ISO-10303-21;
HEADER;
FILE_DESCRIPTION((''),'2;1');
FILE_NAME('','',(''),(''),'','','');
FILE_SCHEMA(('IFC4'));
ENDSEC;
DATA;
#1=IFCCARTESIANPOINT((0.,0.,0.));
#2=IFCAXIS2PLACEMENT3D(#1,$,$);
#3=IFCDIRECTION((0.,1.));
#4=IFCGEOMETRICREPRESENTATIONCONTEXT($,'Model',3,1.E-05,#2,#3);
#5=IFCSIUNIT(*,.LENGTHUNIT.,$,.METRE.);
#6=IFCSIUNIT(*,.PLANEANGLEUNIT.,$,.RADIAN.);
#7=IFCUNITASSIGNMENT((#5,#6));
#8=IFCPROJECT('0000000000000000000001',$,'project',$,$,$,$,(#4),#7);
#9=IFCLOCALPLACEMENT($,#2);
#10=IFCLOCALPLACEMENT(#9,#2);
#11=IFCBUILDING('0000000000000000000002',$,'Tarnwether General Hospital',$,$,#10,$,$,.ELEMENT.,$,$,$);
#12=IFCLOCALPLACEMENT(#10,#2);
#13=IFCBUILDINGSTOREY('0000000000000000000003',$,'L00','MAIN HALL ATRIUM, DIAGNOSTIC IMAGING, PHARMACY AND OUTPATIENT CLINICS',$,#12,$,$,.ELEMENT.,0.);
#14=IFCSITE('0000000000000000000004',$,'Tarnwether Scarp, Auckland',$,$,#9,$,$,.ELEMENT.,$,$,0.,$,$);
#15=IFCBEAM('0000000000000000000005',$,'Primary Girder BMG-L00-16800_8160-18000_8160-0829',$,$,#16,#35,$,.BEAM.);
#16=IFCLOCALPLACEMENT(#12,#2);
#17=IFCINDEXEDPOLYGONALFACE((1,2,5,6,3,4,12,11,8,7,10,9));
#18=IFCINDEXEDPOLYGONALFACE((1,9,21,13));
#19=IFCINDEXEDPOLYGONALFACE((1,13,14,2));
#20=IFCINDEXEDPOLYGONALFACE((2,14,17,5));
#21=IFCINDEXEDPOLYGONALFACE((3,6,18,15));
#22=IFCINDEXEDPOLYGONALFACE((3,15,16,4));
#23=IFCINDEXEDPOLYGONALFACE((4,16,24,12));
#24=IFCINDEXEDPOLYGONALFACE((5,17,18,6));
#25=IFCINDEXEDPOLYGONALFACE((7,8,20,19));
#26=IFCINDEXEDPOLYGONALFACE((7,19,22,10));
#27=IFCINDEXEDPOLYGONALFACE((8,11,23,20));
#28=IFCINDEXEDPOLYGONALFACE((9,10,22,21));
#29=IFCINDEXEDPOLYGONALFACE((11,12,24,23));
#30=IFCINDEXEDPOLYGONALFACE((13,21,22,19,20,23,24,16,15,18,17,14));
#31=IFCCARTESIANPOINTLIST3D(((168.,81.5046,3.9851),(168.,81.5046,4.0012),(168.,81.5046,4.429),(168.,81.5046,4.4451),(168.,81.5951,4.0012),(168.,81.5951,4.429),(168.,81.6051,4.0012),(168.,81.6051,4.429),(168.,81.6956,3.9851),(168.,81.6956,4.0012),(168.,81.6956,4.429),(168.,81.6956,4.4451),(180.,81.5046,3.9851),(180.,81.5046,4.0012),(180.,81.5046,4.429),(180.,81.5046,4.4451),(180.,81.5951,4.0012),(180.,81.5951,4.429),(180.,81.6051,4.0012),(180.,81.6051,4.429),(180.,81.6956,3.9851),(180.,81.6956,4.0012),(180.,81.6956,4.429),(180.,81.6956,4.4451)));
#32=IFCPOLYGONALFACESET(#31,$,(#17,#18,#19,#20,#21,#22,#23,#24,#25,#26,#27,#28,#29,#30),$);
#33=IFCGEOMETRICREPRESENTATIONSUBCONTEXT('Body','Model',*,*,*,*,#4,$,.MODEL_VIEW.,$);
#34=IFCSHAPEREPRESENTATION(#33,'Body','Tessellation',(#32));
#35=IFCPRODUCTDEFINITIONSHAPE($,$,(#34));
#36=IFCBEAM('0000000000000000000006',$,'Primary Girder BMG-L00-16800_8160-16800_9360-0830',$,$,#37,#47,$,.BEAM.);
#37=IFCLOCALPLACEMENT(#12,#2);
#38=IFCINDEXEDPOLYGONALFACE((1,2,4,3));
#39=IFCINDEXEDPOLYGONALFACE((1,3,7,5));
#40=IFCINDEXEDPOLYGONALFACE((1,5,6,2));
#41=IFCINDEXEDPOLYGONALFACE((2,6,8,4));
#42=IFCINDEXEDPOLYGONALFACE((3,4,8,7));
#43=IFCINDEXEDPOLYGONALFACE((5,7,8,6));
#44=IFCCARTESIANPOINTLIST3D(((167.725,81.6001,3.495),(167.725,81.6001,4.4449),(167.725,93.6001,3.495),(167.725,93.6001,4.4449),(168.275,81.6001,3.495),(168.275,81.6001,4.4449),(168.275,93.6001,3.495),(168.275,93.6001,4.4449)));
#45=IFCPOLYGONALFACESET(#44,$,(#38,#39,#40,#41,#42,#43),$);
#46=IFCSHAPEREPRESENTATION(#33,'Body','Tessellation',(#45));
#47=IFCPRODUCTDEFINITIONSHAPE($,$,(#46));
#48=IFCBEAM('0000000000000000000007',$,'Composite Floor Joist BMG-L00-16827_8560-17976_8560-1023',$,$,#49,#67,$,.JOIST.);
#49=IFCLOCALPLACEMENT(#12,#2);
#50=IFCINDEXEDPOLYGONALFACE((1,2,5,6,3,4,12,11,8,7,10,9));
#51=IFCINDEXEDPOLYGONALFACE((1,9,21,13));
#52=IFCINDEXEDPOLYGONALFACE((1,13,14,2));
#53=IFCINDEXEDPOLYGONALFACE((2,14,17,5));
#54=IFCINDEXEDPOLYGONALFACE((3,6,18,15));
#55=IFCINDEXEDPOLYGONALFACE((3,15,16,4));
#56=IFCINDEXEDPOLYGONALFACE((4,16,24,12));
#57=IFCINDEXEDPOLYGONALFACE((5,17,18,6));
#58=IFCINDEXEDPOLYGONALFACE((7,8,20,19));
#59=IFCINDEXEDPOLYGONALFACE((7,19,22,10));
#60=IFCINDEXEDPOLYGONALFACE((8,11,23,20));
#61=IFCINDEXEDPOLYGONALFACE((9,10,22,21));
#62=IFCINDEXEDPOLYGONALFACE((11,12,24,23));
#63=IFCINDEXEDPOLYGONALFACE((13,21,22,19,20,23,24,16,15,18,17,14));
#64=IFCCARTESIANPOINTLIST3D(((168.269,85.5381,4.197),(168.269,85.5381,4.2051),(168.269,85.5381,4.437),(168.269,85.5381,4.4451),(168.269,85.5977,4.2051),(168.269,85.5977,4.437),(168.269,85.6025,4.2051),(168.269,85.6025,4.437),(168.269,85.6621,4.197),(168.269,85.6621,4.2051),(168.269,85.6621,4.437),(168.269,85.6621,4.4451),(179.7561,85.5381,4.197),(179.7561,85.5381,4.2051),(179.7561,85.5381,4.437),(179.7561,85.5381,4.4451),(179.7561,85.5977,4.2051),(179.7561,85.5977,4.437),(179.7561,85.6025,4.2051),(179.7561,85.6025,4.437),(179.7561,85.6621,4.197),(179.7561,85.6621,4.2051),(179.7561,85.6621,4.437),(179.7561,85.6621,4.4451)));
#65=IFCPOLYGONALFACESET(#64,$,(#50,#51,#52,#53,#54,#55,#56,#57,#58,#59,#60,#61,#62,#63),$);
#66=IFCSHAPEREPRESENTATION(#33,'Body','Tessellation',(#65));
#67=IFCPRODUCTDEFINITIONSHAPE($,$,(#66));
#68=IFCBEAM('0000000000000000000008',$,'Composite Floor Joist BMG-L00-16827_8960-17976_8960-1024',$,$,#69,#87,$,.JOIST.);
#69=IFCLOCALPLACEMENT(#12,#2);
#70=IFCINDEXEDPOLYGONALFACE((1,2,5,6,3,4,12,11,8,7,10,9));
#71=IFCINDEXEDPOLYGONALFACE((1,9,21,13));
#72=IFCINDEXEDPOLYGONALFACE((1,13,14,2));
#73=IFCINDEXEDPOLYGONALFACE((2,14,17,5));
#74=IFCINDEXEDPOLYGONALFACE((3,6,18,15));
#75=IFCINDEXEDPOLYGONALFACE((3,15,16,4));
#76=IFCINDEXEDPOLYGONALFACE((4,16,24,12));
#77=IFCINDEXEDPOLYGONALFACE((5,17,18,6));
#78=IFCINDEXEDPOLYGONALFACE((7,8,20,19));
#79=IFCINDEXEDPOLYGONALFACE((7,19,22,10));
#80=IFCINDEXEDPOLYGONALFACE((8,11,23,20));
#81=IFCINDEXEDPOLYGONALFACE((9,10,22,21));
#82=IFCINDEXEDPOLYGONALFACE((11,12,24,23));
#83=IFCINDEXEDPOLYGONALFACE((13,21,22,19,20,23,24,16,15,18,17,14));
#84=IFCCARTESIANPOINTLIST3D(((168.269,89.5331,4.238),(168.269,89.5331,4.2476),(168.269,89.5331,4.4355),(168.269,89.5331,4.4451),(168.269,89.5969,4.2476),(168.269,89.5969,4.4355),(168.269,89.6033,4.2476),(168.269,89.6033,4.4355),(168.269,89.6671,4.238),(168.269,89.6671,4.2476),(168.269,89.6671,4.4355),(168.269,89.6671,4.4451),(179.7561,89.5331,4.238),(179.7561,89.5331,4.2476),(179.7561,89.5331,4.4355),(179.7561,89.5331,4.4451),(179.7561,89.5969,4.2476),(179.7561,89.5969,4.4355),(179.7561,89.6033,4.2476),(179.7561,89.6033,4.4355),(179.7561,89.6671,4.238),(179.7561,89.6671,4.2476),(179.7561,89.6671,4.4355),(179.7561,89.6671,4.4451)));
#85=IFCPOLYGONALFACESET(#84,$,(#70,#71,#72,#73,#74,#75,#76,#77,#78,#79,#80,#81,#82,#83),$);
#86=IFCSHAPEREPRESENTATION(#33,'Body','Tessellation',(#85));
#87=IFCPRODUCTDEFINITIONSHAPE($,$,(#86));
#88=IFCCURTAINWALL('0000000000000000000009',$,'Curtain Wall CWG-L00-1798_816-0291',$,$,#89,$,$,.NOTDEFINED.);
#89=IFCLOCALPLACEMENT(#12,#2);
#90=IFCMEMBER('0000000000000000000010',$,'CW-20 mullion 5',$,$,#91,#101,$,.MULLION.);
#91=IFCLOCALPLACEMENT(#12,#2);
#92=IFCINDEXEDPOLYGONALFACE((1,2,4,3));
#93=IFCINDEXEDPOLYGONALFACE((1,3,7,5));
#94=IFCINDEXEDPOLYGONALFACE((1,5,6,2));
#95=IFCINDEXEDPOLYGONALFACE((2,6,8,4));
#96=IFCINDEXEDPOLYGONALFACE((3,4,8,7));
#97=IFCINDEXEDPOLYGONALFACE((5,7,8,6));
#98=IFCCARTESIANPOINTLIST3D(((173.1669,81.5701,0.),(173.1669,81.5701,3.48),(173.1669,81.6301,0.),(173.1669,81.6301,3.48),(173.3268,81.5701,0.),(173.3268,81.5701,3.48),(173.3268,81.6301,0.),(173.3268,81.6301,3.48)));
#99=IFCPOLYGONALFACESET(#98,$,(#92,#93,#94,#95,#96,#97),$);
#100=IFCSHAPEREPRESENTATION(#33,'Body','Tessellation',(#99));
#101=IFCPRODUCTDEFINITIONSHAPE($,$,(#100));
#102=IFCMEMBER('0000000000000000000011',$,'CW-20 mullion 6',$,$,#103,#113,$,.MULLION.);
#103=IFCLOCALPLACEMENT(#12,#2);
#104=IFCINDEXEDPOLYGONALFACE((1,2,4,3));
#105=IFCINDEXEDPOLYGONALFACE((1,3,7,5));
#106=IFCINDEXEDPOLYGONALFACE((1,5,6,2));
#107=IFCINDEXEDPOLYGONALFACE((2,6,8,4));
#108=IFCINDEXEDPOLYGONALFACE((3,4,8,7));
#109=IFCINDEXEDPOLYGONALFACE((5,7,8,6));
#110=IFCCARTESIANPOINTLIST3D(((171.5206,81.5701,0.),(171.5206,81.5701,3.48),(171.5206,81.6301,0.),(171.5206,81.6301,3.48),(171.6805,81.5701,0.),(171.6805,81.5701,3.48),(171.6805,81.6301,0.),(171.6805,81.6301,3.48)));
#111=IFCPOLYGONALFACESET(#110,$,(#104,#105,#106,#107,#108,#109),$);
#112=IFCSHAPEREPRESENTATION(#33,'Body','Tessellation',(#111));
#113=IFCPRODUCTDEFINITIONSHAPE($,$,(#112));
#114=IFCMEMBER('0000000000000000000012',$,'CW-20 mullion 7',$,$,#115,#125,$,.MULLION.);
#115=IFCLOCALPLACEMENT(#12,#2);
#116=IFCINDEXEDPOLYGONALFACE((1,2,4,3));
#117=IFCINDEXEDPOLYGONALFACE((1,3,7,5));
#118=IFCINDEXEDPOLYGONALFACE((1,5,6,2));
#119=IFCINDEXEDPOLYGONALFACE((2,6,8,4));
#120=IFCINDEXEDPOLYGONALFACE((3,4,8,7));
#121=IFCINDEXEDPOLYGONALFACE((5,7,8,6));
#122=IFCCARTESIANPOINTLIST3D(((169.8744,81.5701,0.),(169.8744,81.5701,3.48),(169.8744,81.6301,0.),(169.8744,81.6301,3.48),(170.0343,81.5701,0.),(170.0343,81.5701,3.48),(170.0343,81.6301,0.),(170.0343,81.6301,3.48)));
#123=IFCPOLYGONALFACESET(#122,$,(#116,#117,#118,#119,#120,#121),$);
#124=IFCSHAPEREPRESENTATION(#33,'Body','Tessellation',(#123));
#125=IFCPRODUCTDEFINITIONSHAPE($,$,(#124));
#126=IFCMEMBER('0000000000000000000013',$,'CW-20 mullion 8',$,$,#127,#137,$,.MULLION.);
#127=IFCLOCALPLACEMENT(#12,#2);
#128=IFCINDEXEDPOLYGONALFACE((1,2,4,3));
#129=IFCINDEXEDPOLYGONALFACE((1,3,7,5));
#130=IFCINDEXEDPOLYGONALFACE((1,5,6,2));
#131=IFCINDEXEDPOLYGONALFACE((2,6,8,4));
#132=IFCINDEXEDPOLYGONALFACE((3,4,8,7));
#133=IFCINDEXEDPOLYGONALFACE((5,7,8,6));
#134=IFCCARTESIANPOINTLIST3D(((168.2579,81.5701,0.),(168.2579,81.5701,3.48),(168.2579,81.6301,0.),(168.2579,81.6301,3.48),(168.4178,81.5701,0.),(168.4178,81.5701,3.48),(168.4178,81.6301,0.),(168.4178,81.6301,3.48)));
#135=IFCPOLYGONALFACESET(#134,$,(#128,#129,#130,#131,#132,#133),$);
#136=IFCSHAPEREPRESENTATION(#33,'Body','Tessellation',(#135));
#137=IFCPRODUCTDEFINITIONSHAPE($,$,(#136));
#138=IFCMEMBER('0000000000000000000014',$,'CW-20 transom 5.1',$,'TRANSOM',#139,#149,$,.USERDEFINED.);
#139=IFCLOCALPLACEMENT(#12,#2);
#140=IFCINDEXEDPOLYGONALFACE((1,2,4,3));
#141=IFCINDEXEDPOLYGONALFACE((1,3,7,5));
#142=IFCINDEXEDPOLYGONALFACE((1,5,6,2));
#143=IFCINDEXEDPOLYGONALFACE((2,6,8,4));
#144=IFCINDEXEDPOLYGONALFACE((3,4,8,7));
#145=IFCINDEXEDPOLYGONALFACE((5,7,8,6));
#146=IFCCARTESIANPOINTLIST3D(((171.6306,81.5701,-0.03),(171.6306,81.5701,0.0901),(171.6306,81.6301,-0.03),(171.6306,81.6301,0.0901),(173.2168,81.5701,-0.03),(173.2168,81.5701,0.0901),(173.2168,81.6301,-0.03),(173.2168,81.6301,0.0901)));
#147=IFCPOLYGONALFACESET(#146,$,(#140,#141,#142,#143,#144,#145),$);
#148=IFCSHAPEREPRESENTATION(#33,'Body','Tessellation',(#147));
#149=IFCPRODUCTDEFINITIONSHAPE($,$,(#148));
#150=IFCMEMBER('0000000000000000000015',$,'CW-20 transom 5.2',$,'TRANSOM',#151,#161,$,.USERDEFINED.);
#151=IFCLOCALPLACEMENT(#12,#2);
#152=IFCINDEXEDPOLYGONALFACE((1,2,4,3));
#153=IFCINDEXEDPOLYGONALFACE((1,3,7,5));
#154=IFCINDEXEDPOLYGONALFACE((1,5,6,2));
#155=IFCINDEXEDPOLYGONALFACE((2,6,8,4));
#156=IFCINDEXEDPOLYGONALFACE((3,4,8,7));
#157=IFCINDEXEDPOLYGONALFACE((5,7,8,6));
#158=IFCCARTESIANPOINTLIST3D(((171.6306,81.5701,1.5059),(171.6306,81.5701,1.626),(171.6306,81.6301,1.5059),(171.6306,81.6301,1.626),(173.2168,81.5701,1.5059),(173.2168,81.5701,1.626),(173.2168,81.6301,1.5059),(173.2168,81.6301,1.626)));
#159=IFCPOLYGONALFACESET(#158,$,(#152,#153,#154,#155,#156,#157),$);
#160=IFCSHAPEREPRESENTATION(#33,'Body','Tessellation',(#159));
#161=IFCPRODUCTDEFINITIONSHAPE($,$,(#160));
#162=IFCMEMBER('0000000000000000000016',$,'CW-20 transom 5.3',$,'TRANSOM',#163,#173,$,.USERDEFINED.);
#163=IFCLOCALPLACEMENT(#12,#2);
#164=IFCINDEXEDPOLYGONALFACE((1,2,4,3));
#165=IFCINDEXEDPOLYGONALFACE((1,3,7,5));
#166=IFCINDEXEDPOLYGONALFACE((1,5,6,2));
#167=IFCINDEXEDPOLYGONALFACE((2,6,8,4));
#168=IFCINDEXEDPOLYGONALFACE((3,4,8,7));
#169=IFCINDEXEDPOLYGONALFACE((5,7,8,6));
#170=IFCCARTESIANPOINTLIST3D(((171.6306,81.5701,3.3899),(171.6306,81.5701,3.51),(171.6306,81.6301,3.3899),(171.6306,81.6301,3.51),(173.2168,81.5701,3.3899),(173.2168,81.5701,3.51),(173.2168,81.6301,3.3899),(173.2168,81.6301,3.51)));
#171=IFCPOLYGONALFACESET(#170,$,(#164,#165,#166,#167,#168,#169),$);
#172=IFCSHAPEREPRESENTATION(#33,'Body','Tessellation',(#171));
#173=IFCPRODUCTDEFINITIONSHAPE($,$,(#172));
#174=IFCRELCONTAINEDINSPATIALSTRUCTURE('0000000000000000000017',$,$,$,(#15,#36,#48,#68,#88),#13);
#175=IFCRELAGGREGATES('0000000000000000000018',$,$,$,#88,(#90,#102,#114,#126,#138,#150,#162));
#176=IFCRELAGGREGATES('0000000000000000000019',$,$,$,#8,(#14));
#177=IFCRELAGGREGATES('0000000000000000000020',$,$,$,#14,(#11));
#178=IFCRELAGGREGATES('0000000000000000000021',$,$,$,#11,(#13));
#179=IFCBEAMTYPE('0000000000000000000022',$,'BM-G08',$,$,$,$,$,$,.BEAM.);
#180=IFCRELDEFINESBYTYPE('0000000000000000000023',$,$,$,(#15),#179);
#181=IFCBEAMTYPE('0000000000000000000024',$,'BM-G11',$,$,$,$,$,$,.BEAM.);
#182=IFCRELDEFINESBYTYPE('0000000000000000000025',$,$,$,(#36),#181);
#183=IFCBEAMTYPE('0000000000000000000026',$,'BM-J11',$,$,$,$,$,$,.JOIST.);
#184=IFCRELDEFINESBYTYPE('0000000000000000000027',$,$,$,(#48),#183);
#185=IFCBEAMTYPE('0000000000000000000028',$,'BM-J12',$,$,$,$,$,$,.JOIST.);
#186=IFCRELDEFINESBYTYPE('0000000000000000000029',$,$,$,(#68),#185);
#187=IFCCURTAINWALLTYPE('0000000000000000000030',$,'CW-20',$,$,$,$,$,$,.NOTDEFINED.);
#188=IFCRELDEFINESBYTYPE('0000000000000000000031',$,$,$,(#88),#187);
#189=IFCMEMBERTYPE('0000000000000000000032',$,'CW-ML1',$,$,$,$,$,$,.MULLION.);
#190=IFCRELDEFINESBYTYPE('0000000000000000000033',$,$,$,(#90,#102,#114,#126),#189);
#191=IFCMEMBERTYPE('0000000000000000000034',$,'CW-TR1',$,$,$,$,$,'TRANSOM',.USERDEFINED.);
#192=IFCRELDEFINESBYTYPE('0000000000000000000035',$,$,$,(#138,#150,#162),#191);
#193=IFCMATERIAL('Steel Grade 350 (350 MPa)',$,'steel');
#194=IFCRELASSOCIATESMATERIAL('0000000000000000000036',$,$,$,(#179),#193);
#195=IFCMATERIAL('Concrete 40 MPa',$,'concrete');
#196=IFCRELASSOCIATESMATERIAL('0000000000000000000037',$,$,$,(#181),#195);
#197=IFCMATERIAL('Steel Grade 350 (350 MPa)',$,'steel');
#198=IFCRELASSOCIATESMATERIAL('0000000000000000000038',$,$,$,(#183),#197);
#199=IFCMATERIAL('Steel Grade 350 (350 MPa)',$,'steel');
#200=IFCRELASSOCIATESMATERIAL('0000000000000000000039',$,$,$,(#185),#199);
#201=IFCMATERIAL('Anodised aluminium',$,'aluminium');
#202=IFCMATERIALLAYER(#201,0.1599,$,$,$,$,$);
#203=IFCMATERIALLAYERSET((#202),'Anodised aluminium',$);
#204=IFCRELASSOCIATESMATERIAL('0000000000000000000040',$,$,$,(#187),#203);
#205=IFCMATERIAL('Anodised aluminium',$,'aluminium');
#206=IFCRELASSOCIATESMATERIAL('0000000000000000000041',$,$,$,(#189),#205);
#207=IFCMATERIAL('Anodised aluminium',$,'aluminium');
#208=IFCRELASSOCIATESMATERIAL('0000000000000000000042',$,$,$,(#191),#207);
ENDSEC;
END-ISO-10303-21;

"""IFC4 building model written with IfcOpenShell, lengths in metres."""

from ifc_helpers import new_model, si_unit, direction, frame, origin, origin_2d, place, context, subcontext, project, spatial, rectangle, i_section, extrude, material, layer, layer_set, material_profile, profile_set, type_object, element, aggregate, save


model = new_model("IFC4")

# Units and contexts
model_context = context("Model", 3, precision=1e-05, world=origin(), true_north=direction((0.0, 1.0)))
body_context = subcontext(model_context, "Body", "Model", "MODEL_VIEW")
ifc_project = project(units=[si_unit("LENGTHUNIT", "METRE"), si_unit("PLANEANGLEUNIT", "RADIAN")], contexts=[model_context])

# Site, building, storey
site_placement = place(None, origin())
site = spatial("IfcSite", under=ifc_project, at=site_placement, Name="Tarnwether Scarp, Auckland", CompositionType="ELEMENT", RefElevation=0.0)
building_placement = place(site_placement, origin())
building = spatial("IfcBuilding", under=site, at=building_placement, Name="Tarnwether General Hospital", CompositionType="ELEMENT")
storey_placement = place(building_placement, origin())
storey = spatial("IfcBuildingStorey", under=building, at=storey_placement, Name="L00", Description="MAIN HALL ATRIUM, DIAGNOSTIC IMAGING, PHARMACY AND OUTPATIENT CLINICS", CompositionType="ELEMENT", Elevation=0.0)

# Beams
ifc_material_1 = material(Name="Steel Grade 350 (350 MPa)", Category="steel")
ifc_material_profile_1 = material_profile(ifc_material_1, i_section(OverallWidth=0.1909, OverallDepth=0.46, WebThickness=0.01, FlangeThickness=0.0161, at=origin_2d()), Name="460UB82.1")
ifc_profile_set_1 = profile_set([ifc_material_profile_1], Name="Steel Grade 350 (350 MPa)")
beam_type_1 = type_object("IfcBeamType", Name="BM-G08", PredefinedType="BEAM", material=ifc_profile_set_1)
beam_1_placement = place(storey_placement, frame((168.0, 81.6001, 4.2151), z_axis=(1.0, 0.0, 0.0), x_axis=(0.0, 1.0, 0.0)))
element("IfcBeam", 1, at=beam_1_placement, inside=storey, type_object=beam_type_1, Name="Primary Girder BMG-L00-16800_8160-18000_8160-0829", PredefinedType="BEAM", context=body_context, shape_type="SweptSolid", body=[
    extrude(i_section(OverallWidth=0.1909, OverallDepth=0.46, WebThickness=0.01, FlangeThickness=0.0161, at=origin_2d()), origin(), (0.0, 0.0, 1.0), 12.0),
])
ifc_material_2 = material(Name="Concrete 40 MPa", Category="concrete")
ifc_material_profile_2 = material_profile(ifc_material_2, rectangle(XDim=0.55, YDim=0.95, at=origin_2d()), Name="RC-BM-550x950")
ifc_profile_set_2 = profile_set([ifc_material_profile_2], Name="Concrete 40 MPa")
beam_type_2 = type_object("IfcBeamType", Name="BM-G11", PredefinedType="BEAM", material=ifc_profile_set_2)
beam_2_placement = place(storey_placement, frame((168.0, 81.6001, 3.97), z_axis=(0.0, 1.0, 0.0), x_axis=(-1.0, 0.0, 0.0)))
element("IfcBeam", 2, at=beam_2_placement, inside=storey, type_object=beam_type_2, Name="Primary Girder BMG-L00-16800_8160-16800_9360-0830", PredefinedType="BEAM", context=body_context, shape_type="SweptSolid", body=[
    extrude(rectangle(XDim=0.55, YDim=0.95, at=origin_2d()), origin(), (0.0, 0.0, 1.0), 12.0),
])
ifc_material_3 = material(Name="Steel Grade 350 (350 MPa)", Category="steel")
ifc_material_profile_3 = material_profile(ifc_material_3, i_section(OverallWidth=0.124, OverallDepth=0.248, WebThickness=0.0049, FlangeThickness=0.0081, at=origin_2d()), Name="250UB25.7")
ifc_profile_set_3 = profile_set([ifc_material_profile_3], Name="Steel Grade 350 (350 MPa)")
beam_type_3 = type_object("IfcBeamType", Name="BM-J11", PredefinedType="JOIST", material=ifc_profile_set_3)
beam_3_placement = place(storey_placement, frame((168.269, 85.6001, 4.321), z_axis=(1.0, 0.0, 0.0), x_axis=(0.0, 1.0, 0.0)))
element("IfcBeam", 3, at=beam_3_placement, inside=storey, type_object=beam_type_3, Name="Composite Floor Joist BMG-L00-16827_8560-17976_8560-1023", PredefinedType="JOIST", context=body_context, shape_type="SweptSolid", body=[
    extrude(i_section(OverallWidth=0.124, OverallDepth=0.248, WebThickness=0.0049, FlangeThickness=0.0081, at=origin_2d()), origin(), (0.0, 0.0, 1.0), 11.4871),
])
ifc_material_4 = material(Name="Steel Grade 350 (350 MPa)", Category="steel")
ifc_material_profile_4 = material_profile(ifc_material_4, i_section(OverallWidth=0.134, OverallDepth=0.207, WebThickness=0.0063, FlangeThickness=0.0095, at=origin_2d()), Name="200UB29.8")
ifc_profile_set_4 = profile_set([ifc_material_profile_4], Name="Steel Grade 350 (350 MPa)")
beam_type_4 = type_object("IfcBeamType", Name="BM-J12", PredefinedType="JOIST", material=ifc_profile_set_4)
beam_4_placement = place(storey_placement, frame((168.269, 89.6001, 4.3416), z_axis=(1.0, 0.0, 0.0), x_axis=(0.0, 1.0, 0.0)))
element("IfcBeam", 4, at=beam_4_placement, inside=storey, type_object=beam_type_4, Name="Composite Floor Joist BMG-L00-16827_8960-17976_8960-1024", PredefinedType="JOIST", context=body_context, shape_type="SweptSolid", body=[
    extrude(i_section(OverallWidth=0.134, OverallDepth=0.207, WebThickness=0.0063, FlangeThickness=0.0095, at=origin_2d()), origin(), (0.0, 0.0, 1.0), 11.4871),
])

# Curtain wall, members
ifc_material_5 = material(Name="Anodised aluminium", Category="aluminium")
ifc_layer_1 = layer(ifc_material_5, 0.1599)
ifc_layer_set_1 = layer_set([ifc_layer_1], Name="Anodised aluminium")
curtain_wall_type = type_object("IfcCurtainWallType", Name="CW-20", PredefinedType="NOTDEFINED", material=ifc_layer_set_1)
curtain_wall_placement = place(storey_placement, origin())
curtain_wall = element("IfcCurtainWall", 5, at=curtain_wall_placement, inside=storey, type_object=curtain_wall_type, Name="Curtain Wall CWG-L00-1798_816-0291", PredefinedType="NOTDEFINED")
ifc_material_6 = material(Name="Anodised aluminium", Category="aluminium")
ifc_material_profile_5 = material_profile(ifc_material_6, rectangle(XDim=0.0601, YDim=0.1599, at=origin_2d()), Name="ALU-MUL-60x160")
ifc_profile_set_5 = profile_set([ifc_material_profile_5], Name="Anodised aluminium")
member_type_1 = type_object("IfcMemberType", Name="CW-ML1", PredefinedType="MULLION", material=ifc_profile_set_5)
member_1_placement = place(storey_placement, frame((173.2468, 81.6001, 0.0), z_axis=(0.0, 0.0, 1.0), x_axis=(0.0, -1.0, 0.0)))
member_1 = element("IfcMember", 6, at=member_1_placement, type_object=member_type_1, Name="CW-20 mullion 5", PredefinedType="MULLION", context=body_context, shape_type="SweptSolid", body=[
    extrude(rectangle(XDim=0.0601, YDim=0.1599, at=origin_2d()), origin(), (0.0, 0.0, 1.0), 3.48),
])
member_2_placement = place(storey_placement, frame((171.6006, 81.6001, 0.0), z_axis=(0.0, 0.0, 1.0), x_axis=(0.0, -1.0, 0.0)))
member_2 = element("IfcMember", 7, at=member_2_placement, type_object=member_type_1, Name="CW-20 mullion 6", PredefinedType="MULLION", context=body_context, shape_type="SweptSolid", body=[
    extrude(rectangle(XDim=0.0601, YDim=0.1599, at=origin_2d()), origin(), (0.0, 0.0, 1.0), 3.48),
])
member_3_placement = place(storey_placement, frame((169.9543, 81.6001, 0.0), z_axis=(0.0, 0.0, 1.0), x_axis=(0.0, -1.0, 0.0)))
member_3 = element("IfcMember", 8, at=member_3_placement, type_object=member_type_1, Name="CW-20 mullion 7", PredefinedType="MULLION", context=body_context, shape_type="SweptSolid", body=[
    extrude(rectangle(XDim=0.0601, YDim=0.1599, at=origin_2d()), origin(), (0.0, 0.0, 1.0), 3.48),
])
member_4_placement = place(storey_placement, frame((168.3379, 81.6001, 0.0), z_axis=(0.0, 0.0, 1.0), x_axis=(0.0, -1.0, 0.0)))
member_4 = element("IfcMember", 9, at=member_4_placement, type_object=member_type_1, Name="CW-20 mullion 8", PredefinedType="MULLION", context=body_context, shape_type="SweptSolid", body=[
    extrude(rectangle(XDim=0.0601, YDim=0.1599, at=origin_2d()), origin(), (0.0, 0.0, 1.0), 3.48),
])
ifc_material_7 = material(Name="Anodised aluminium", Category="aluminium")
ifc_material_profile_6 = material_profile(ifc_material_7, rectangle(XDim=0.0601, YDim=0.1201, at=origin_2d()), Name="ALU-TRN-60x120")
ifc_profile_set_6 = profile_set([ifc_material_profile_6], Name="Anodised aluminium")
member_type_2 = type_object("IfcMemberType", Name="CW-TR1", ElementType="TRANSOM", PredefinedType="USERDEFINED", material=ifc_profile_set_6)
member_5_placement = place(storey_placement, frame((173.2168, 81.6001, 0.03), z_axis=(-1.0, 0.0, 0.0), x_axis=(0.0, -1.0, 0.0)))
member_5 = element("IfcMember", 10, at=member_5_placement, type_object=member_type_2, Name="CW-20 transom 5.1", ObjectType="TRANSOM", PredefinedType="USERDEFINED", context=body_context, shape_type="SweptSolid", body=[
    extrude(rectangle(XDim=0.0601, YDim=0.1201, at=origin_2d()), origin(), (0.0, 0.0, 1.0), 1.5862),
])
member_6_placement = place(storey_placement, frame((173.2168, 81.6001, 1.5659), z_axis=(-1.0, 0.0, 0.0), x_axis=(0.0, -1.0, 0.0)))
member_6 = element("IfcMember", 11, at=member_6_placement, type_object=member_type_2, Name="CW-20 transom 5.2", ObjectType="TRANSOM", PredefinedType="USERDEFINED", context=body_context, shape_type="SweptSolid", body=[
    extrude(rectangle(XDim=0.0601, YDim=0.1201, at=origin_2d()), origin(), (0.0, 0.0, 1.0), 1.5862),
])
member_7_placement = place(storey_placement, frame((173.2168, 81.6001, 3.45), z_axis=(-1.0, 0.0, 0.0), x_axis=(0.0, -1.0, 0.0)))
member_7 = element("IfcMember", 12, at=member_7_placement, type_object=member_type_2, Name="CW-20 transom 5.3", ObjectType="TRANSOM", PredefinedType="USERDEFINED", context=body_context, shape_type="SweptSolid", body=[
    extrude(rectangle(XDim=0.0601, YDim=0.1201, at=origin_2d()), origin(), (0.0, 0.0, 1.0), 1.5862),
])
aggregate(curtain_wall, [member_1, member_2, member_3, member_4, member_5, member_6, member_7])

save(model, "model.ifc")
